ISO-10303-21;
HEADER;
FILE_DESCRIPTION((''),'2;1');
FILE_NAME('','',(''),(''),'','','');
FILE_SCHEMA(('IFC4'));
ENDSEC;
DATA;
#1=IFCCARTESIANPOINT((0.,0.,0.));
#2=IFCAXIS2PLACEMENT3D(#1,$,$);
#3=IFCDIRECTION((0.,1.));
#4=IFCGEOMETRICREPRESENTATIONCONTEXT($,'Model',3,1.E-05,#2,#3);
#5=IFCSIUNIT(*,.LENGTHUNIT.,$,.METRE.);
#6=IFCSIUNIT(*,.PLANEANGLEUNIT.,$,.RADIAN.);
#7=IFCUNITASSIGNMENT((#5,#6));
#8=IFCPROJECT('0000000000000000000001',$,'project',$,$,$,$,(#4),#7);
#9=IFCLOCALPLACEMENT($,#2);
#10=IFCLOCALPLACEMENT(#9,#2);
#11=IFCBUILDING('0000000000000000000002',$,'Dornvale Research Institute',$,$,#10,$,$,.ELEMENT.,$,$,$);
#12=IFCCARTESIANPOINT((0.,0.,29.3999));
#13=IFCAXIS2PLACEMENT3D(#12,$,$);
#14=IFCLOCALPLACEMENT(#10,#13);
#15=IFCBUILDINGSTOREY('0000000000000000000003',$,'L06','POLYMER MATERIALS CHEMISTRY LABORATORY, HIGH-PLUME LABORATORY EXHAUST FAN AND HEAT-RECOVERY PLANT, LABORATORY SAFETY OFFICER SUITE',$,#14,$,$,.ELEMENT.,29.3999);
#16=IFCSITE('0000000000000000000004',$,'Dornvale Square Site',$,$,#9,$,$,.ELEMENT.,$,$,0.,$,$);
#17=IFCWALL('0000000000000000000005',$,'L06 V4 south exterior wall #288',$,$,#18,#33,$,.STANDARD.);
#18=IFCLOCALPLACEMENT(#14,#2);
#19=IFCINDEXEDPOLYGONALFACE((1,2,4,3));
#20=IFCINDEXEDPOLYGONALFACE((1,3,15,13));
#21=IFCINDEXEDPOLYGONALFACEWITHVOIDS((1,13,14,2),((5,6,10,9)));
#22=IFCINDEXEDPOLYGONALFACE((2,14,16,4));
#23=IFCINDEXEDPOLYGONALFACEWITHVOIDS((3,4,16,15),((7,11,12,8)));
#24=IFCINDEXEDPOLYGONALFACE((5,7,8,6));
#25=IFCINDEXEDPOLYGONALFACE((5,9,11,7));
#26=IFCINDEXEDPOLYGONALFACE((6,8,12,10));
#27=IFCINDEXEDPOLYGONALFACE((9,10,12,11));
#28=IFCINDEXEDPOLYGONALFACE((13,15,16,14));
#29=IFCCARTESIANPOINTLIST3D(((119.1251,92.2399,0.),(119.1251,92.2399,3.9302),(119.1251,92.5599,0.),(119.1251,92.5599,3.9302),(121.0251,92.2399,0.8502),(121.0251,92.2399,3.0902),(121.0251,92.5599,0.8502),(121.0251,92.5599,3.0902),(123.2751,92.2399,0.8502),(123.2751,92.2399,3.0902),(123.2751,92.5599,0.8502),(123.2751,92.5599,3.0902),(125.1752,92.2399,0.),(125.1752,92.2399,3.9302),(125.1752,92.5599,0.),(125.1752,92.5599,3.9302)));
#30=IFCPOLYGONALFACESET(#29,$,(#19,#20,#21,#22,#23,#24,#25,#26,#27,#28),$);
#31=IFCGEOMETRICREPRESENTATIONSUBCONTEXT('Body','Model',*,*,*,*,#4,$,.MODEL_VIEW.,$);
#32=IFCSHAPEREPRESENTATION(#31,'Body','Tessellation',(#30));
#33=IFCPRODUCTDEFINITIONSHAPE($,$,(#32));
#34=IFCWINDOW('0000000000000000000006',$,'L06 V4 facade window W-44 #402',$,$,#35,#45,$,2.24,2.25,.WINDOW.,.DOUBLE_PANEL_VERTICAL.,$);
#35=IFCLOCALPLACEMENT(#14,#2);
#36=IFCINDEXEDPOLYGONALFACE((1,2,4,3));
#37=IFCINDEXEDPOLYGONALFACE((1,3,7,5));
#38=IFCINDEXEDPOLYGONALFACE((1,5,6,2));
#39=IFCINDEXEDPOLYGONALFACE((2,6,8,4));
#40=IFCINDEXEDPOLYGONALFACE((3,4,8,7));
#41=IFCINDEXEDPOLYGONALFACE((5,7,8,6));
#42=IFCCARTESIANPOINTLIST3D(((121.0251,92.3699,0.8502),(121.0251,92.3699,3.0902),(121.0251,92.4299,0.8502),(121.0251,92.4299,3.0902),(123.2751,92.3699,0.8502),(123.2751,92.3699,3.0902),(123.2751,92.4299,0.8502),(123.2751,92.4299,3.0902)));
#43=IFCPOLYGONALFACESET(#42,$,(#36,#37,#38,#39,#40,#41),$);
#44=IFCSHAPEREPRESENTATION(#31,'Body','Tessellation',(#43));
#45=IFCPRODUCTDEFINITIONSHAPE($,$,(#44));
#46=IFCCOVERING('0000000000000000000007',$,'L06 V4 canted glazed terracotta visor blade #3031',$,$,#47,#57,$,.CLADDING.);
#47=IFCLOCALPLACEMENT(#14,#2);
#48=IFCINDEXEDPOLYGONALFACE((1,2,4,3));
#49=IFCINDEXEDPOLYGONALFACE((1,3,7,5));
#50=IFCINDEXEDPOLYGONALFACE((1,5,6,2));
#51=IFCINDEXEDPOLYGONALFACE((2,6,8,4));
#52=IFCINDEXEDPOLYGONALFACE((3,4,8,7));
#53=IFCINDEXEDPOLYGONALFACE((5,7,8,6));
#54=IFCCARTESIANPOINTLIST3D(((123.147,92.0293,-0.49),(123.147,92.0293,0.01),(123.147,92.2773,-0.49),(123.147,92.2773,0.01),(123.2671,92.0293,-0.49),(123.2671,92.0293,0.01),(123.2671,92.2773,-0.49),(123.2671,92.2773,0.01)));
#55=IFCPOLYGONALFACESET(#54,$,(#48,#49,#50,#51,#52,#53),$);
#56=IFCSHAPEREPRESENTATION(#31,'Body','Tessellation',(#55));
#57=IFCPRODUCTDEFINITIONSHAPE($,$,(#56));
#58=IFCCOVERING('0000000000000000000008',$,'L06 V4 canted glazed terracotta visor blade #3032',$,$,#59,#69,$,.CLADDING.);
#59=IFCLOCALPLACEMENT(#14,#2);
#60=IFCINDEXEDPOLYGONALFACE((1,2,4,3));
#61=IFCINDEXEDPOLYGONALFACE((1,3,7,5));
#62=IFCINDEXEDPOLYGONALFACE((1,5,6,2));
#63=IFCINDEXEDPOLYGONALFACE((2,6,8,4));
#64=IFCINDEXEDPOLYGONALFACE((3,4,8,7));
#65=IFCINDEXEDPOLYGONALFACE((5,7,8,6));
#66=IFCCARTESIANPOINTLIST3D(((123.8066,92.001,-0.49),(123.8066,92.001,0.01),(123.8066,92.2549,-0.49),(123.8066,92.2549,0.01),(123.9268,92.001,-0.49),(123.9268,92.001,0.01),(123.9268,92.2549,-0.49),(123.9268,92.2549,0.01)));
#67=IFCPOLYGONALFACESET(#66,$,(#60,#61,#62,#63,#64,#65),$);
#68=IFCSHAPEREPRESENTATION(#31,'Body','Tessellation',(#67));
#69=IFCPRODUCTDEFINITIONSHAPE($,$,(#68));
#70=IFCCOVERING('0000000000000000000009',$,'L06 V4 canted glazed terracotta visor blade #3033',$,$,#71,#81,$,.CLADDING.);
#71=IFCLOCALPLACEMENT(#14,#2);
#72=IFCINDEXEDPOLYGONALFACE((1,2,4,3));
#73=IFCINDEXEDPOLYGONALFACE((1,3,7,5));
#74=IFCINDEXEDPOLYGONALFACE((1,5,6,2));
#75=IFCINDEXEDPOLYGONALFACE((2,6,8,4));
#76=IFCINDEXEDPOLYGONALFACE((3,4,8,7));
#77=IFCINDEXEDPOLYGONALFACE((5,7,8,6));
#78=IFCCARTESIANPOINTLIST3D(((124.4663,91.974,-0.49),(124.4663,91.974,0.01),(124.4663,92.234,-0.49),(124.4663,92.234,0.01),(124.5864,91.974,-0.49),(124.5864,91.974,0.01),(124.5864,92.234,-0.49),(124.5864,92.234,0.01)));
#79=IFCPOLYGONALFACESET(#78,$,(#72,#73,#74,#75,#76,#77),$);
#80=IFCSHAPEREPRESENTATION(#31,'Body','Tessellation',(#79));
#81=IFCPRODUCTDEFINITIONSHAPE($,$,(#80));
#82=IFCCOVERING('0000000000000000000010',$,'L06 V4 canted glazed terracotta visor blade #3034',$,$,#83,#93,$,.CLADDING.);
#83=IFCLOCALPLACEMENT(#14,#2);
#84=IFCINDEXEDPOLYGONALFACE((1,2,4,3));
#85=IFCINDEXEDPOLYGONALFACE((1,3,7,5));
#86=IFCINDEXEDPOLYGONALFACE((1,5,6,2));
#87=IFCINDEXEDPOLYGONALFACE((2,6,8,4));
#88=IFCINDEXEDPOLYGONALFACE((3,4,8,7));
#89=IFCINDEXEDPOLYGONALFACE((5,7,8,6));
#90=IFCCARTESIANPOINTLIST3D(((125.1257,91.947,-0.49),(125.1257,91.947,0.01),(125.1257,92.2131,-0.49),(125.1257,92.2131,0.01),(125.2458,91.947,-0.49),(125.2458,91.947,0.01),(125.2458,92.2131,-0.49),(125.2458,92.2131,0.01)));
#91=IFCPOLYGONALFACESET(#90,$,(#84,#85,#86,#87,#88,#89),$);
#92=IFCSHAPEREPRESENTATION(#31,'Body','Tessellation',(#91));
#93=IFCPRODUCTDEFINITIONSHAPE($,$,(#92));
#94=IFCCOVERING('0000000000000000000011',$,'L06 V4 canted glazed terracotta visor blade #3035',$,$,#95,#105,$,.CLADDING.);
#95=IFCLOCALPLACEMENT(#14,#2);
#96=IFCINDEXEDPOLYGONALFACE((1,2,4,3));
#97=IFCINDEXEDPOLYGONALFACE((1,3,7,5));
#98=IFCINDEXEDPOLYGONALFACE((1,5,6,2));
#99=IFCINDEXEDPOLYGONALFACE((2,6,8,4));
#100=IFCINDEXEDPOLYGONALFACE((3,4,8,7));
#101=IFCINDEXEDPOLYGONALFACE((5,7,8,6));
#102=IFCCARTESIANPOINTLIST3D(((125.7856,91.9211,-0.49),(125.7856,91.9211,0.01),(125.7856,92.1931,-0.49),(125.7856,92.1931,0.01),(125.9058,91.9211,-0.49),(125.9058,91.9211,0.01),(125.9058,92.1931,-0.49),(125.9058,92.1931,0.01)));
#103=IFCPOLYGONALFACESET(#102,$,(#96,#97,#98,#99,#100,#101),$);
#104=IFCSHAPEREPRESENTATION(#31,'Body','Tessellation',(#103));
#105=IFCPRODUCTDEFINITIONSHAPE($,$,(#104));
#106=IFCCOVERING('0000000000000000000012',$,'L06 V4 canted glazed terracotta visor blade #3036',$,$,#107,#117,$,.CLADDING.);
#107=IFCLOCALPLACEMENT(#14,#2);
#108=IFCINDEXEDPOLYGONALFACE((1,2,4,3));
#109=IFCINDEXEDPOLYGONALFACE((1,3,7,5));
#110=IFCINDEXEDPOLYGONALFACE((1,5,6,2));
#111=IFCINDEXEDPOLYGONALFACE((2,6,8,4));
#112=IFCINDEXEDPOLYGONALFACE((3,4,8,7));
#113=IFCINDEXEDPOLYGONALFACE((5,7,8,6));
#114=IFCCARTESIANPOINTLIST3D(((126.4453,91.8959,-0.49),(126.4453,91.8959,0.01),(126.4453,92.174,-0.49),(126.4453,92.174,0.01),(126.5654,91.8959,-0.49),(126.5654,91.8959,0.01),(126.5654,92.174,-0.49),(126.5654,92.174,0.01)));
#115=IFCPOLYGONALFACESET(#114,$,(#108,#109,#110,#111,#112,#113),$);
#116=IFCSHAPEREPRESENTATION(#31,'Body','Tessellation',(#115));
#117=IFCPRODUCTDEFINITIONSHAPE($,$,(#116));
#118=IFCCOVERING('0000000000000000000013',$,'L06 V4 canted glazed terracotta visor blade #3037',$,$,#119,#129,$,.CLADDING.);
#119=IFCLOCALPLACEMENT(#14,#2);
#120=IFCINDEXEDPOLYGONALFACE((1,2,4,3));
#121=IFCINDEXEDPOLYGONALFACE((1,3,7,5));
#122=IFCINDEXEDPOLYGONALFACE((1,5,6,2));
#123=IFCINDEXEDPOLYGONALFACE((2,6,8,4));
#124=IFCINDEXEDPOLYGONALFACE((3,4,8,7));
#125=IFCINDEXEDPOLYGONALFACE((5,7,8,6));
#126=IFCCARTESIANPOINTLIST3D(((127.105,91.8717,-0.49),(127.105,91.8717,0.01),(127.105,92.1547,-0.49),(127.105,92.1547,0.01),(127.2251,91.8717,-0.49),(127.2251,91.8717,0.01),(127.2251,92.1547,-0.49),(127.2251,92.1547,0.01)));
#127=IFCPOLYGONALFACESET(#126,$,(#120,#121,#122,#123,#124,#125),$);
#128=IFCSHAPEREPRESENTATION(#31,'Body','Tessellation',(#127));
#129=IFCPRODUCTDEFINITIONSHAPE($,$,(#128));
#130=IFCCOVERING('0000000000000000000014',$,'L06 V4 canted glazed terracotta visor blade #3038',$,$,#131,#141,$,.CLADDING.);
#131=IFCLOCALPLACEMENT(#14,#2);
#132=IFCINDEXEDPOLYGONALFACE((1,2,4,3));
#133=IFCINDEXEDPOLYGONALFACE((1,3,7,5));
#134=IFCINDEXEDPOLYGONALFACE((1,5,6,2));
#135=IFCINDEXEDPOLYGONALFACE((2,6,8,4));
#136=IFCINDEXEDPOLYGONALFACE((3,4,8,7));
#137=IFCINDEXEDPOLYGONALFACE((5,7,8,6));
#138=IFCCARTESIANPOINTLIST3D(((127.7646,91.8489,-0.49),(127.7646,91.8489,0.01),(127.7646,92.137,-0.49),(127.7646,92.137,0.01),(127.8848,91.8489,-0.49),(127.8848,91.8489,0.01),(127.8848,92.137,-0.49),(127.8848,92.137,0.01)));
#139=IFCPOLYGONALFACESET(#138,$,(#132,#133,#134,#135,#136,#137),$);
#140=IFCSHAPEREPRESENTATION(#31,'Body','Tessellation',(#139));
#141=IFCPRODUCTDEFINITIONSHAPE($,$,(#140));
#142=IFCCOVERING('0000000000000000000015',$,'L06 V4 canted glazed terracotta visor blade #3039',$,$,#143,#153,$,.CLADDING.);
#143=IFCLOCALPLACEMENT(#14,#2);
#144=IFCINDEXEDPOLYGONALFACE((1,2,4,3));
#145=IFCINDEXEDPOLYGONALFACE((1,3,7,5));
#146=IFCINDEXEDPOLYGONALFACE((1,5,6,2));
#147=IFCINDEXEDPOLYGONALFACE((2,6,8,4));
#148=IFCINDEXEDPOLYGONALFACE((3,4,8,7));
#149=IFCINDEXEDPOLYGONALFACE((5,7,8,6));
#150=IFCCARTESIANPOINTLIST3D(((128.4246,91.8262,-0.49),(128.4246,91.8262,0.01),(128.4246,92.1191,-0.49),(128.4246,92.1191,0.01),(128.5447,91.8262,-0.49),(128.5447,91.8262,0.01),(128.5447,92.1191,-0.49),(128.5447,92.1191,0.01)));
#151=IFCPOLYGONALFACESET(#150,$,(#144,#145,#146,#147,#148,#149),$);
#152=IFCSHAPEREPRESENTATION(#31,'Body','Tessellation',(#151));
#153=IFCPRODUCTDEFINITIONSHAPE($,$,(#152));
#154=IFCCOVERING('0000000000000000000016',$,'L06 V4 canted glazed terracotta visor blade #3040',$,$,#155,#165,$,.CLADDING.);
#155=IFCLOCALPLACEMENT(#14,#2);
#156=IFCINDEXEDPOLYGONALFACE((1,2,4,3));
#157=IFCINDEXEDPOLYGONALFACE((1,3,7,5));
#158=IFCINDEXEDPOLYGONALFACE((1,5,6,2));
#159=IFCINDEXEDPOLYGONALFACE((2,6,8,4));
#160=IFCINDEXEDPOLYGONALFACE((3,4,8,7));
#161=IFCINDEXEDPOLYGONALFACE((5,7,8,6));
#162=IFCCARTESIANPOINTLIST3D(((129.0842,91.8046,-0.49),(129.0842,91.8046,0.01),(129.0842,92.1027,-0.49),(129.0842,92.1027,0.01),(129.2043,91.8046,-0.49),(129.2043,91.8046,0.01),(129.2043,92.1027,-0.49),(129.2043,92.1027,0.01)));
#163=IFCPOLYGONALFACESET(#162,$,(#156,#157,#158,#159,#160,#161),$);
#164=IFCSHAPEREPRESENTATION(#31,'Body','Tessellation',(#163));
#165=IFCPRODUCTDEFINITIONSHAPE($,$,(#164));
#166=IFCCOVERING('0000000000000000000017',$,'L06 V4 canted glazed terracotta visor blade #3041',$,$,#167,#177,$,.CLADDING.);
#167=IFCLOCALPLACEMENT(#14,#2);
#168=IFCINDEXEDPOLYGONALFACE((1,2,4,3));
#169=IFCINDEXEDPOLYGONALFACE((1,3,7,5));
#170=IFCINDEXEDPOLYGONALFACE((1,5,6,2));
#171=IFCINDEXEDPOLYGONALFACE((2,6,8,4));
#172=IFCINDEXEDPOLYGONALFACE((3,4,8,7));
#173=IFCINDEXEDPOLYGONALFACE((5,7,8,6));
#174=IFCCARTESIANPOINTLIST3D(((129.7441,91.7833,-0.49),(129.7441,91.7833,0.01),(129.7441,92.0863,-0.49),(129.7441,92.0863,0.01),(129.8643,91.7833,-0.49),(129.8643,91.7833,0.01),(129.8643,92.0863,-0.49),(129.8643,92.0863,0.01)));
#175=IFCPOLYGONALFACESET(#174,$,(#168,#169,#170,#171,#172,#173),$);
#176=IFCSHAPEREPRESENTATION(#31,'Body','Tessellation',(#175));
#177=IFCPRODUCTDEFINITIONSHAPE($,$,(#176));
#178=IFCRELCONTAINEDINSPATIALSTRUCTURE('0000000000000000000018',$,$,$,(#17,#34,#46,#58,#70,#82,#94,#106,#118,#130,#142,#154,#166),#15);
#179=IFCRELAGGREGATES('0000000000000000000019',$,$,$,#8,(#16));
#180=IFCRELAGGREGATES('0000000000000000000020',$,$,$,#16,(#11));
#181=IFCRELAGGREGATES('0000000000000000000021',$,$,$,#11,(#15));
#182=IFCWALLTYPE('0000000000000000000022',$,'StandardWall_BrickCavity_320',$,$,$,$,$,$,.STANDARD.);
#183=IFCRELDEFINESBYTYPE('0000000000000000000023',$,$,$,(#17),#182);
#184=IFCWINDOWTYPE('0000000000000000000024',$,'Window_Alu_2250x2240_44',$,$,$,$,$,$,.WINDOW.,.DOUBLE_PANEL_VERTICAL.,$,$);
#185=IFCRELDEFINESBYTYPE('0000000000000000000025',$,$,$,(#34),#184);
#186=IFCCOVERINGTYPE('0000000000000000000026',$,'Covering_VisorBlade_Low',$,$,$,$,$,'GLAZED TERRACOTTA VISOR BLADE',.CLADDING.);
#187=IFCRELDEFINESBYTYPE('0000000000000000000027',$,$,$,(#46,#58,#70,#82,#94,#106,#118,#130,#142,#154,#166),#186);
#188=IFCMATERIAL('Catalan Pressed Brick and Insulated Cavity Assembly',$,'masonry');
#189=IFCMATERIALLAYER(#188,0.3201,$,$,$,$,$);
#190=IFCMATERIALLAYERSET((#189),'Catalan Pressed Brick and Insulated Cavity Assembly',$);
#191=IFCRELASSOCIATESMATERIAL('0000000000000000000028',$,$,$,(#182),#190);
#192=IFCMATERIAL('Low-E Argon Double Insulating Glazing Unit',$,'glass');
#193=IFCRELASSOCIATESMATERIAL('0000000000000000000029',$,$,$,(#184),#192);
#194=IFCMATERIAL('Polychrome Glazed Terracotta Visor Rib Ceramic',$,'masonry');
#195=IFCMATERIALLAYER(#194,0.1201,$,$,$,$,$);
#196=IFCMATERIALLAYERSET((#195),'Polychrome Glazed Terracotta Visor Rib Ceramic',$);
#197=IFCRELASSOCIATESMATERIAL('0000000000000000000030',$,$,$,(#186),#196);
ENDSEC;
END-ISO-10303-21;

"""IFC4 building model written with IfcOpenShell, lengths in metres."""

from ifc_helpers import new_model, si_unit, direction, frame, frame_2d, origin, origin_2d, place, context, subcontext, project, spatial, rectangle, extrude, material, layer, layer_set, type_object, element, fill, save


model = new_model("IFC4")

# Units and contexts
model_context = context("Model", 3, precision=1e-05, world=origin(), true_north=direction((0.0, 1.0)))
body_context = subcontext(model_context, "Body", "Model", "MODEL_VIEW")
ifc_project = project(units=[si_unit("LENGTHUNIT", "METRE"), si_unit("PLANEANGLEUNIT", "RADIAN")], contexts=[model_context])

# Site, building, storey
site_placement = place(None, origin())
site = spatial("IfcSite", under=ifc_project, at=site_placement, Name="Dornvale Square Site", CompositionType="ELEMENT", RefElevation=0.0)
building_placement = place(site_placement, origin())
building = spatial("IfcBuilding", under=site, at=building_placement, Name="Dornvale Research Institute", CompositionType="ELEMENT")
storey_placement = place(building_placement, frame((0.0, 0.0, 29.3999)))
storey = spatial("IfcBuildingStorey", under=building, at=storey_placement, Name="L06", Description="POLYMER MATERIALS CHEMISTRY LABORATORY, HIGH-PLUME LABORATORY EXHAUST FAN AND HEAT-RECOVERY PLANT, LABORATORY SAFETY OFFICER SUITE", CompositionType="ELEMENT", Elevation=29.3999)

# Wall, opening, window
ifc_material_1 = material(Name="Catalan Pressed Brick and Insulated Cavity Assembly", Category="masonry")
ifc_layer_1 = layer(ifc_material_1, 0.3201)
ifc_layer_set_1 = layer_set([ifc_layer_1], Name="Catalan Pressed Brick and Insulated Cavity Assembly")
wall_type = type_object("IfcWallType", Name="StandardWall_BrickCavity_320", PredefinedType="STANDARD", material=ifc_layer_set_1)
wall_placement = place(storey_placement, frame((125.175, 92.3999, 0.0), z_axis=(0.0, 0.0, 1.0), x_axis=(-1.0, 0.0, 0.0)))
wall = element("IfcWall", 1, at=wall_placement, inside=storey, type_object=wall_type, Name="L06 V4 south exterior wall #288", PredefinedType="STANDARD", context=body_context, shape_type="SweptSolid", body=[
    extrude(rectangle(XDim=6.05, YDim=0.3201, at=frame_2d((3.0249, 0.0))), origin(), (0.0, 0.0, 1.0), 3.9302),
])
opening_placement = place(wall_placement, frame((1.8999, 0.0, 0.8501)))
opening = element("IfcOpeningElement", 2, at=opening_placement, cuts=wall, PredefinedType="OPENING", context=body_context, shape_type="SweptSolid", body=[
    extrude(rectangle(XDim=2.25, YDim=2.24, at=frame_2d((1.125, 1.1201))), frame((0.0, 0.175, 0.0), z_axis=(0.0, -1.0, 0.0), x_axis=(1.0, 0.0, 0.0)), (0.0, 0.0, 1.0), 0.3501),
])
ifc_material_2 = material(Name="Low-E Argon Double Insulating Glazing Unit", Category="glass")
window_type = type_object("IfcWindowType", Name="Window_Alu_2250x2240_44", PartitioningType="DOUBLE_PANEL_VERTICAL", PredefinedType="WINDOW", material=ifc_material_2)
window_placement = place(opening_placement, origin())
window = element("IfcWindow", 3, at=window_placement, inside=storey, type_object=window_type, Name="L06 V4 facade window W-44 #402", OverallHeight=2.24, OverallWidth=2.25, PartitioningType="DOUBLE_PANEL_VERTICAL", PredefinedType="WINDOW", context=body_context, shape_type="SweptSolid", body=[
    extrude(rectangle(XDim=2.25, YDim=2.24, at=frame_2d((1.125, 1.1201))), frame((0.0, 0.03, 0.0), z_axis=(0.0, -1.0, 0.0), x_axis=(1.0, 0.0, 0.0)), (0.0, 0.0, 1.0), 0.0601),
])
fill(opening, window)

# Coverings
ifc_material_3 = material(Name="Polychrome Glazed Terracotta Visor Rib Ceramic", Category="masonry")
ifc_layer_2 = layer(ifc_material_3, 0.1201)
ifc_layer_set_2 = layer_set([ifc_layer_2], Name="Polychrome Glazed Terracotta Visor Rib Ceramic")
covering_type = type_object("IfcCoveringType", Name="Covering_VisorBlade_Low", ElementType="GLAZED TERRACOTTA VISOR BLADE", PredefinedType="CLADDING", material=ifc_layer_set_2)
covering_1_placement = place(storey_placement, frame((123.207, 92.1533, -0.49), z_axis=(0.0, 0.0, 1.0), x_axis=(0.0, 1.0, 0.0)))
element("IfcCovering", 4, at=covering_1_placement, inside=storey, type_object=covering_type, Name="L06 V4 canted glazed terracotta visor blade #3031", PredefinedType="CLADDING", context=body_context, shape_type="SweptSolid", body=[
    extrude(rectangle(XDim=0.248, YDim=0.1201, at=origin_2d()), origin(), (0.0, 0.0, 1.0), 0.5),
])
covering_2_placement = place(storey_placement, frame((123.8667, 92.1279, -0.49), z_axis=(0.0, 0.0, 1.0), x_axis=(0.0, 1.0, 0.0)))
element("IfcCovering", 5, at=covering_2_placement, inside=storey, type_object=covering_type, Name="L06 V4 canted glazed terracotta visor blade #3032", PredefinedType="CLADDING", context=body_context, shape_type="SweptSolid", body=[
    extrude(rectangle(XDim=0.2539, YDim=0.1201, at=origin_2d()), origin(), (0.0, 0.0, 1.0), 0.5),
])
covering_3_placement = place(storey_placement, frame((124.5264, 92.104, -0.49), z_axis=(0.0, 0.0, 1.0), x_axis=(0.0, 1.0, 0.0)))
element("IfcCovering", 6, at=covering_3_placement, inside=storey, type_object=covering_type, Name="L06 V4 canted glazed terracotta visor blade #3033", PredefinedType="CLADDING", context=body_context, shape_type="SweptSolid", body=[
    extrude(rectangle(XDim=0.26, YDim=0.1201, at=origin_2d()), origin(), (0.0, 0.0, 1.0), 0.5),
])
covering_4_placement = place(storey_placement, frame((125.1858, 92.0801, -0.49), z_axis=(0.0, 0.0, 1.0), x_axis=(0.0, 1.0, 0.0)))
element("IfcCovering", 7, at=covering_4_placement, inside=storey, type_object=covering_type, Name="L06 V4 canted glazed terracotta visor blade #3034", PredefinedType="CLADDING", context=body_context, shape_type="SweptSolid", body=[
    extrude(rectangle(XDim=0.2661, YDim=0.1201, at=origin_2d()), origin(), (0.0, 0.0, 1.0), 0.5),
])
covering_5_placement = place(storey_placement, frame((125.8457, 92.0571, -0.49), z_axis=(0.0, 0.0, 1.0), x_axis=(0.0, 1.0, 0.0)))
element("IfcCovering", 8, at=covering_5_placement, inside=storey, type_object=covering_type, Name="L06 V4 canted glazed terracotta visor blade #3035", PredefinedType="CLADDING", context=body_context, shape_type="SweptSolid", body=[
    extrude(rectangle(XDim=0.272, YDim=0.1201, at=origin_2d()), origin(), (0.0, 0.0, 1.0), 0.5),
])
covering_6_placement = place(storey_placement, frame((126.5054, 92.0349, -0.49), z_axis=(0.0, 0.0, 1.0), x_axis=(0.0, 1.0, 0.0)))
element("IfcCovering", 9, at=covering_6_placement, inside=storey, type_object=covering_type, Name="L06 V4 canted glazed terracotta visor blade #3036", PredefinedType="CLADDING", context=body_context, shape_type="SweptSolid", body=[
    extrude(rectangle(XDim=0.2781, YDim=0.1201, at=origin_2d()), origin(), (0.0, 0.0, 1.0), 0.5),
])
covering_7_placement = place(storey_placement, frame((127.165, 92.0132, -0.49), z_axis=(0.0, 0.0, 1.0), x_axis=(0.0, 1.0, 0.0)))
element("IfcCovering", 10, at=covering_7_placement, inside=storey, type_object=covering_type, Name="L06 V4 canted glazed terracotta visor blade #3037", PredefinedType="CLADDING", context=body_context, shape_type="SweptSolid", body=[
    extrude(rectangle(XDim=0.283, YDim=0.1201, at=origin_2d()), origin(), (0.0, 0.0, 1.0), 0.5),
])
covering_8_placement = place(storey_placement, frame((127.8247, 91.9929, -0.49), z_axis=(0.0, 0.0, 1.0), x_axis=(0.0, 1.0, 0.0)))
element("IfcCovering", 11, at=covering_8_placement, inside=storey, type_object=covering_type, Name="L06 V4 canted glazed terracotta visor blade #3038", PredefinedType="CLADDING", context=body_context, shape_type="SweptSolid", body=[
    extrude(rectangle(XDim=0.2881, YDim=0.1201, at=origin_2d()), origin(), (0.0, 0.0, 1.0), 0.5),
])
covering_9_placement = place(storey_placement, frame((128.4846, 91.9727, -0.49), z_axis=(0.0, 0.0, 1.0), x_axis=(0.0, 1.0, 0.0)))
element("IfcCovering", 12, at=covering_9_placement, inside=storey, type_object=covering_type, Name="L06 V4 canted glazed terracotta visor blade #3039", PredefinedType="CLADDING", context=body_context, shape_type="SweptSolid", body=[
    extrude(rectangle(XDim=0.293, YDim=0.1201, at=origin_2d()), origin(), (0.0, 0.0, 1.0), 0.5),
])
covering_10_placement = place(storey_placement, frame((129.1443, 91.9536, -0.49), z_axis=(0.0, 0.0, 1.0), x_axis=(0.0, 1.0, 0.0)))
element("IfcCovering", 13, at=covering_10_placement, inside=storey, type_object=covering_type, Name="L06 V4 canted glazed terracotta visor blade #3040", PredefinedType="CLADDING", context=body_context, shape_type="SweptSolid", body=[
    extrude(rectangle(XDim=0.2981, YDim=0.1201, at=origin_2d()), origin(), (0.0, 0.0, 1.0), 0.5),
])
covering_11_placement = place(storey_placement, frame((129.8042, 91.9348, -0.49), z_axis=(0.0, 0.0, 1.0), x_axis=(0.0, 1.0, 0.0)))
element("IfcCovering", 14, at=covering_11_placement, inside=storey, type_object=covering_type, Name="L06 V4 canted glazed terracotta visor blade #3041", PredefinedType="CLADDING", context=body_context, shape_type="SweptSolid", body=[
    extrude(rectangle(XDim=0.303, YDim=0.1201, at=origin_2d()), origin(), (0.0, 0.0, 1.0), 0.5),
])

save(model, "model.ifc")
